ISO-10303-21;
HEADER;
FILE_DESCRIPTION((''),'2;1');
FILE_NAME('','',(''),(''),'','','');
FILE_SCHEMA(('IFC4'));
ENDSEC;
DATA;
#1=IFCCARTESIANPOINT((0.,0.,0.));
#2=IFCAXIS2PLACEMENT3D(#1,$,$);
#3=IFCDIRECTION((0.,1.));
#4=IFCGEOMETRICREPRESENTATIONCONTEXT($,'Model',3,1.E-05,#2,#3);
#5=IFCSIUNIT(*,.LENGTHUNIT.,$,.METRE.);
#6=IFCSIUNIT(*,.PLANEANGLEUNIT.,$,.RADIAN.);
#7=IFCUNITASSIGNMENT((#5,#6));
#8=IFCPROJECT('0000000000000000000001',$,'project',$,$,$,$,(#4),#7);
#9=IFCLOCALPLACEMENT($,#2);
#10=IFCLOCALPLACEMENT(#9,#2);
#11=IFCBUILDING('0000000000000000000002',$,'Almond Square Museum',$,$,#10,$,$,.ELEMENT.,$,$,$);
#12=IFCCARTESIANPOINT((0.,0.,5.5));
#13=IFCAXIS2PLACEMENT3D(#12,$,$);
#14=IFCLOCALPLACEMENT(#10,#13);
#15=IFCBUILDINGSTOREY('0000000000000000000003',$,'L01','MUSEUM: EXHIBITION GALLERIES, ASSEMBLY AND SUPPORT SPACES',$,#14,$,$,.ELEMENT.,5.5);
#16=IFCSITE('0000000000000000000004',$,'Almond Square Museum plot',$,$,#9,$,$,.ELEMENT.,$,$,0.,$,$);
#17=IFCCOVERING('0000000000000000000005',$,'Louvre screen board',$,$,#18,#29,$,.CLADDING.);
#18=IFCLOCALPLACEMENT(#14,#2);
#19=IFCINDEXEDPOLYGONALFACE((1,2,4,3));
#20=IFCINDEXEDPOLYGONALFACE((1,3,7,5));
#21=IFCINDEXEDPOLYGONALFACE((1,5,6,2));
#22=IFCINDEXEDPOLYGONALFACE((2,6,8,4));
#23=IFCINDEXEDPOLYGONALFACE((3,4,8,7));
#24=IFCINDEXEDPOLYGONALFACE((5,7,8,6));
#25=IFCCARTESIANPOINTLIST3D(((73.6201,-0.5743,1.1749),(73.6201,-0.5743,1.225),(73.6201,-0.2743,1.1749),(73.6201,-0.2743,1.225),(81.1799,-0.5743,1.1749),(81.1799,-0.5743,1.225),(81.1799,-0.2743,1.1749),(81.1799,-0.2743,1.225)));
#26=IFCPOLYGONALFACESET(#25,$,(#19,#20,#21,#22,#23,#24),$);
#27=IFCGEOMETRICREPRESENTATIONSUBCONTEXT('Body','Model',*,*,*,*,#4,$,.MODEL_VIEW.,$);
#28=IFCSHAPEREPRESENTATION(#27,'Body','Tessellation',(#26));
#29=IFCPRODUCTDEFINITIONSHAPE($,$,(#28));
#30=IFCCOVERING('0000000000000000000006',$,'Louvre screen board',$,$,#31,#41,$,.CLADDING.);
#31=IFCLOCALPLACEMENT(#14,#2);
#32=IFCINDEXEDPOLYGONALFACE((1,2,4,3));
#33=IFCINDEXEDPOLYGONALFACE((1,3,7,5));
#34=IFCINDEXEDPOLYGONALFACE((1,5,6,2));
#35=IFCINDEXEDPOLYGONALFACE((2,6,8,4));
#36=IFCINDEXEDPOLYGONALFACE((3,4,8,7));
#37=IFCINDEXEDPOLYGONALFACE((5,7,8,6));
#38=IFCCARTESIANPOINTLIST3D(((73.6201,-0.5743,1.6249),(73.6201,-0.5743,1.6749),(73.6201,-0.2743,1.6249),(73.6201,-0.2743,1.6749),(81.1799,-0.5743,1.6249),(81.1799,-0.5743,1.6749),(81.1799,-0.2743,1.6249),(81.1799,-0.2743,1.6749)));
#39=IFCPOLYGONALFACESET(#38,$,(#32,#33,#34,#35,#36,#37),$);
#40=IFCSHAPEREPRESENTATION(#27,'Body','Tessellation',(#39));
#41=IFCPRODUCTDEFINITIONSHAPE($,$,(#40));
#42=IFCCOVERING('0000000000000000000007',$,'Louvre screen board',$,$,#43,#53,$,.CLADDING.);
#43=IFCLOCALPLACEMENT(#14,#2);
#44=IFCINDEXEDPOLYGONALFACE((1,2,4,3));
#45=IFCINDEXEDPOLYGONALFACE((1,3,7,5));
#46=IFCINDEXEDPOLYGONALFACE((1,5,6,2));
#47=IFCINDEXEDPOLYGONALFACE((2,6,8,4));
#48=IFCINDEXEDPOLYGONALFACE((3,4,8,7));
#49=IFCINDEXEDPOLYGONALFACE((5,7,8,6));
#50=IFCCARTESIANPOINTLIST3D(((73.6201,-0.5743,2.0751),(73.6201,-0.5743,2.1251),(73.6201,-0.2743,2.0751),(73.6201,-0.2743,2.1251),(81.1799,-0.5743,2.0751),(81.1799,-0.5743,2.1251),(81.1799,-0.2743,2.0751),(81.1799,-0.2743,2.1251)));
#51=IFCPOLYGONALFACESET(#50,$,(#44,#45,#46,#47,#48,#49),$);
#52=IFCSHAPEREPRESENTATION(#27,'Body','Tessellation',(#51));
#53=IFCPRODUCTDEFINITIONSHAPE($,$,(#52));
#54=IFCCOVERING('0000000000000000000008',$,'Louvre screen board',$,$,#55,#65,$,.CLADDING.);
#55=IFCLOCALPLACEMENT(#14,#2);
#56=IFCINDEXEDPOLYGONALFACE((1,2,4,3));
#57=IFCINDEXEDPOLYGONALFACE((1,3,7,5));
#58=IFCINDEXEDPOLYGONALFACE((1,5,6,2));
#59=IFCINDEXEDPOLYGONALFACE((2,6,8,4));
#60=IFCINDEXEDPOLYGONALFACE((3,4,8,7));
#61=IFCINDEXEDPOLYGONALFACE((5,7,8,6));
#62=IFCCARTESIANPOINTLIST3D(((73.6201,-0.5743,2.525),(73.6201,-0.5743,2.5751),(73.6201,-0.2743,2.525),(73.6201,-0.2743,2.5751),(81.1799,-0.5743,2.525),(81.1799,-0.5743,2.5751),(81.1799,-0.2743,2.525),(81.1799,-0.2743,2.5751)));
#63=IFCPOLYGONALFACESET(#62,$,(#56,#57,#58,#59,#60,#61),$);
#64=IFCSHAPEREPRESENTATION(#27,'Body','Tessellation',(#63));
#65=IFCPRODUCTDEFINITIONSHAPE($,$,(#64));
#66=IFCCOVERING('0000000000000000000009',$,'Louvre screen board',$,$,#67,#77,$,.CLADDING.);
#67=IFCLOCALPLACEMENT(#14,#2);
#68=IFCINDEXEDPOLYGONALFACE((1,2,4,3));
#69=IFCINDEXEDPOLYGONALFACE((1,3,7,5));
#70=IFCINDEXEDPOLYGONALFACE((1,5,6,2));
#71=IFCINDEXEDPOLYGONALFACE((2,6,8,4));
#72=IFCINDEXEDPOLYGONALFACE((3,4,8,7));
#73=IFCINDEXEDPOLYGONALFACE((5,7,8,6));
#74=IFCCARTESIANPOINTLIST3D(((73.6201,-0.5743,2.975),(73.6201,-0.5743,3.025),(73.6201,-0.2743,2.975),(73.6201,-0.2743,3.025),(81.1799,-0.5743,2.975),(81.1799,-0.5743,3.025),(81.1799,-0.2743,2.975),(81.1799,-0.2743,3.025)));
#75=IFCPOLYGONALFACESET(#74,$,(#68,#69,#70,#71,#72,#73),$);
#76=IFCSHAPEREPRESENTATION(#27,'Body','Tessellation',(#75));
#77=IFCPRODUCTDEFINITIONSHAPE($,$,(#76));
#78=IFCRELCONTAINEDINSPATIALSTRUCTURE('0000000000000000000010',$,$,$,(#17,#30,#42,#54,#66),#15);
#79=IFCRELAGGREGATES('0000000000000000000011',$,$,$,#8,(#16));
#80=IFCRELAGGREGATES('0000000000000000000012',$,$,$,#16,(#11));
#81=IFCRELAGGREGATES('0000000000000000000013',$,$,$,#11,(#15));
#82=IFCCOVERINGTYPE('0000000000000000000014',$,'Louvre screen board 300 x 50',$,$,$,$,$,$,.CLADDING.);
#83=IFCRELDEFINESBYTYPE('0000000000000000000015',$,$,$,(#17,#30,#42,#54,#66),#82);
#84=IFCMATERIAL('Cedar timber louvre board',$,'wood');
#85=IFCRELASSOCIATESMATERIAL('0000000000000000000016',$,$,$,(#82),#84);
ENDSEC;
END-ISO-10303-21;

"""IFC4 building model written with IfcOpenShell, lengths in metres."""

from ifc_helpers import new_model, si_unit, direction, frame, origin, origin_2d, place, context, subcontext, project, spatial, rectangle, extrude, material, material_profile, profile_set, type_object, element, save


model = new_model("IFC4")

# Units and contexts
model_context = context("Model", 3, precision=1e-05, world=origin(), true_north=direction((0.0, 1.0)))
body_context = subcontext(model_context, "Body", "Model", "MODEL_VIEW")
ifc_project = project(units=[si_unit("LENGTHUNIT", "METRE"), si_unit("PLANEANGLEUNIT", "RADIAN")], contexts=[model_context])

# Site, building, storey
site_placement = place(None, origin())
site = spatial("IfcSite", under=ifc_project, at=site_placement, Name="Almond Square Museum plot", CompositionType="ELEMENT", RefElevation=0.0)
building_placement = place(site_placement, origin())
building = spatial("IfcBuilding", under=site, at=building_placement, Name="Almond Square Museum", CompositionType="ELEMENT")
storey_placement = place(building_placement, frame((0.0, 0.0, 5.5)))
storey = spatial("IfcBuildingStorey", under=building, at=storey_placement, Name="L01", Description="MUSEUM: EXHIBITION GALLERIES, ASSEMBLY AND SUPPORT SPACES", CompositionType="ELEMENT", Elevation=5.5)

# Coverings
ifc_material_1 = material(Name="Cedar timber louvre board", Category="wood")
ifc_material_profile_1 = material_profile(ifc_material_1, rectangle(XDim=0.3, YDim=0.05, at=origin_2d()))
ifc_profile_set_1 = profile_set([ifc_material_profile_1], Name="Cedar timber louvre board")
covering_type = type_object("IfcCoveringType", Name="Louvre screen board 300 x 50", PredefinedType="CLADDING", material=ifc_profile_set_1)
for number, where, z_axis, x_axis, name in (
    (1, (73.6201, -0.4243, 1.2), (1.0, 0.0, 0.0), (0.0, 1.0, 0.0), "Louvre screen board"),
    (2, (73.6201, -0.4243, 1.6499), (1.0, 0.0, 0.0), (0.0, 1.0, 0.0), "Louvre screen board"),
    (3, (73.6201, -0.4243, 2.1001), (1.0, 0.0, 0.0), (0.0, 1.0, 0.0), "Louvre screen board"),
    (4, (73.6201, -0.4243, 2.55), (1.0, 0.0, 0.0), (0.0, 1.0, 0.0), "Louvre screen board"),
    (5, (73.6201, -0.4243, 3.0), (1.0, 0.0, 0.0), (0.0, 1.0, 0.0), "Louvre screen board"),
):
    element("IfcCovering", number, at=place(storey_placement, frame(where, z_axis=z_axis, x_axis=x_axis)), inside=storey, type_object=covering_type, Name=name, PredefinedType="CLADDING", context=body_context, shape_type="SweptSolid", body=[
        extrude(rectangle(XDim=0.3, YDim=0.05, at=origin_2d()), origin(), (0.0, 0.0, 1.0), 7.5598),
    ])

save(model, "model.ifc")
